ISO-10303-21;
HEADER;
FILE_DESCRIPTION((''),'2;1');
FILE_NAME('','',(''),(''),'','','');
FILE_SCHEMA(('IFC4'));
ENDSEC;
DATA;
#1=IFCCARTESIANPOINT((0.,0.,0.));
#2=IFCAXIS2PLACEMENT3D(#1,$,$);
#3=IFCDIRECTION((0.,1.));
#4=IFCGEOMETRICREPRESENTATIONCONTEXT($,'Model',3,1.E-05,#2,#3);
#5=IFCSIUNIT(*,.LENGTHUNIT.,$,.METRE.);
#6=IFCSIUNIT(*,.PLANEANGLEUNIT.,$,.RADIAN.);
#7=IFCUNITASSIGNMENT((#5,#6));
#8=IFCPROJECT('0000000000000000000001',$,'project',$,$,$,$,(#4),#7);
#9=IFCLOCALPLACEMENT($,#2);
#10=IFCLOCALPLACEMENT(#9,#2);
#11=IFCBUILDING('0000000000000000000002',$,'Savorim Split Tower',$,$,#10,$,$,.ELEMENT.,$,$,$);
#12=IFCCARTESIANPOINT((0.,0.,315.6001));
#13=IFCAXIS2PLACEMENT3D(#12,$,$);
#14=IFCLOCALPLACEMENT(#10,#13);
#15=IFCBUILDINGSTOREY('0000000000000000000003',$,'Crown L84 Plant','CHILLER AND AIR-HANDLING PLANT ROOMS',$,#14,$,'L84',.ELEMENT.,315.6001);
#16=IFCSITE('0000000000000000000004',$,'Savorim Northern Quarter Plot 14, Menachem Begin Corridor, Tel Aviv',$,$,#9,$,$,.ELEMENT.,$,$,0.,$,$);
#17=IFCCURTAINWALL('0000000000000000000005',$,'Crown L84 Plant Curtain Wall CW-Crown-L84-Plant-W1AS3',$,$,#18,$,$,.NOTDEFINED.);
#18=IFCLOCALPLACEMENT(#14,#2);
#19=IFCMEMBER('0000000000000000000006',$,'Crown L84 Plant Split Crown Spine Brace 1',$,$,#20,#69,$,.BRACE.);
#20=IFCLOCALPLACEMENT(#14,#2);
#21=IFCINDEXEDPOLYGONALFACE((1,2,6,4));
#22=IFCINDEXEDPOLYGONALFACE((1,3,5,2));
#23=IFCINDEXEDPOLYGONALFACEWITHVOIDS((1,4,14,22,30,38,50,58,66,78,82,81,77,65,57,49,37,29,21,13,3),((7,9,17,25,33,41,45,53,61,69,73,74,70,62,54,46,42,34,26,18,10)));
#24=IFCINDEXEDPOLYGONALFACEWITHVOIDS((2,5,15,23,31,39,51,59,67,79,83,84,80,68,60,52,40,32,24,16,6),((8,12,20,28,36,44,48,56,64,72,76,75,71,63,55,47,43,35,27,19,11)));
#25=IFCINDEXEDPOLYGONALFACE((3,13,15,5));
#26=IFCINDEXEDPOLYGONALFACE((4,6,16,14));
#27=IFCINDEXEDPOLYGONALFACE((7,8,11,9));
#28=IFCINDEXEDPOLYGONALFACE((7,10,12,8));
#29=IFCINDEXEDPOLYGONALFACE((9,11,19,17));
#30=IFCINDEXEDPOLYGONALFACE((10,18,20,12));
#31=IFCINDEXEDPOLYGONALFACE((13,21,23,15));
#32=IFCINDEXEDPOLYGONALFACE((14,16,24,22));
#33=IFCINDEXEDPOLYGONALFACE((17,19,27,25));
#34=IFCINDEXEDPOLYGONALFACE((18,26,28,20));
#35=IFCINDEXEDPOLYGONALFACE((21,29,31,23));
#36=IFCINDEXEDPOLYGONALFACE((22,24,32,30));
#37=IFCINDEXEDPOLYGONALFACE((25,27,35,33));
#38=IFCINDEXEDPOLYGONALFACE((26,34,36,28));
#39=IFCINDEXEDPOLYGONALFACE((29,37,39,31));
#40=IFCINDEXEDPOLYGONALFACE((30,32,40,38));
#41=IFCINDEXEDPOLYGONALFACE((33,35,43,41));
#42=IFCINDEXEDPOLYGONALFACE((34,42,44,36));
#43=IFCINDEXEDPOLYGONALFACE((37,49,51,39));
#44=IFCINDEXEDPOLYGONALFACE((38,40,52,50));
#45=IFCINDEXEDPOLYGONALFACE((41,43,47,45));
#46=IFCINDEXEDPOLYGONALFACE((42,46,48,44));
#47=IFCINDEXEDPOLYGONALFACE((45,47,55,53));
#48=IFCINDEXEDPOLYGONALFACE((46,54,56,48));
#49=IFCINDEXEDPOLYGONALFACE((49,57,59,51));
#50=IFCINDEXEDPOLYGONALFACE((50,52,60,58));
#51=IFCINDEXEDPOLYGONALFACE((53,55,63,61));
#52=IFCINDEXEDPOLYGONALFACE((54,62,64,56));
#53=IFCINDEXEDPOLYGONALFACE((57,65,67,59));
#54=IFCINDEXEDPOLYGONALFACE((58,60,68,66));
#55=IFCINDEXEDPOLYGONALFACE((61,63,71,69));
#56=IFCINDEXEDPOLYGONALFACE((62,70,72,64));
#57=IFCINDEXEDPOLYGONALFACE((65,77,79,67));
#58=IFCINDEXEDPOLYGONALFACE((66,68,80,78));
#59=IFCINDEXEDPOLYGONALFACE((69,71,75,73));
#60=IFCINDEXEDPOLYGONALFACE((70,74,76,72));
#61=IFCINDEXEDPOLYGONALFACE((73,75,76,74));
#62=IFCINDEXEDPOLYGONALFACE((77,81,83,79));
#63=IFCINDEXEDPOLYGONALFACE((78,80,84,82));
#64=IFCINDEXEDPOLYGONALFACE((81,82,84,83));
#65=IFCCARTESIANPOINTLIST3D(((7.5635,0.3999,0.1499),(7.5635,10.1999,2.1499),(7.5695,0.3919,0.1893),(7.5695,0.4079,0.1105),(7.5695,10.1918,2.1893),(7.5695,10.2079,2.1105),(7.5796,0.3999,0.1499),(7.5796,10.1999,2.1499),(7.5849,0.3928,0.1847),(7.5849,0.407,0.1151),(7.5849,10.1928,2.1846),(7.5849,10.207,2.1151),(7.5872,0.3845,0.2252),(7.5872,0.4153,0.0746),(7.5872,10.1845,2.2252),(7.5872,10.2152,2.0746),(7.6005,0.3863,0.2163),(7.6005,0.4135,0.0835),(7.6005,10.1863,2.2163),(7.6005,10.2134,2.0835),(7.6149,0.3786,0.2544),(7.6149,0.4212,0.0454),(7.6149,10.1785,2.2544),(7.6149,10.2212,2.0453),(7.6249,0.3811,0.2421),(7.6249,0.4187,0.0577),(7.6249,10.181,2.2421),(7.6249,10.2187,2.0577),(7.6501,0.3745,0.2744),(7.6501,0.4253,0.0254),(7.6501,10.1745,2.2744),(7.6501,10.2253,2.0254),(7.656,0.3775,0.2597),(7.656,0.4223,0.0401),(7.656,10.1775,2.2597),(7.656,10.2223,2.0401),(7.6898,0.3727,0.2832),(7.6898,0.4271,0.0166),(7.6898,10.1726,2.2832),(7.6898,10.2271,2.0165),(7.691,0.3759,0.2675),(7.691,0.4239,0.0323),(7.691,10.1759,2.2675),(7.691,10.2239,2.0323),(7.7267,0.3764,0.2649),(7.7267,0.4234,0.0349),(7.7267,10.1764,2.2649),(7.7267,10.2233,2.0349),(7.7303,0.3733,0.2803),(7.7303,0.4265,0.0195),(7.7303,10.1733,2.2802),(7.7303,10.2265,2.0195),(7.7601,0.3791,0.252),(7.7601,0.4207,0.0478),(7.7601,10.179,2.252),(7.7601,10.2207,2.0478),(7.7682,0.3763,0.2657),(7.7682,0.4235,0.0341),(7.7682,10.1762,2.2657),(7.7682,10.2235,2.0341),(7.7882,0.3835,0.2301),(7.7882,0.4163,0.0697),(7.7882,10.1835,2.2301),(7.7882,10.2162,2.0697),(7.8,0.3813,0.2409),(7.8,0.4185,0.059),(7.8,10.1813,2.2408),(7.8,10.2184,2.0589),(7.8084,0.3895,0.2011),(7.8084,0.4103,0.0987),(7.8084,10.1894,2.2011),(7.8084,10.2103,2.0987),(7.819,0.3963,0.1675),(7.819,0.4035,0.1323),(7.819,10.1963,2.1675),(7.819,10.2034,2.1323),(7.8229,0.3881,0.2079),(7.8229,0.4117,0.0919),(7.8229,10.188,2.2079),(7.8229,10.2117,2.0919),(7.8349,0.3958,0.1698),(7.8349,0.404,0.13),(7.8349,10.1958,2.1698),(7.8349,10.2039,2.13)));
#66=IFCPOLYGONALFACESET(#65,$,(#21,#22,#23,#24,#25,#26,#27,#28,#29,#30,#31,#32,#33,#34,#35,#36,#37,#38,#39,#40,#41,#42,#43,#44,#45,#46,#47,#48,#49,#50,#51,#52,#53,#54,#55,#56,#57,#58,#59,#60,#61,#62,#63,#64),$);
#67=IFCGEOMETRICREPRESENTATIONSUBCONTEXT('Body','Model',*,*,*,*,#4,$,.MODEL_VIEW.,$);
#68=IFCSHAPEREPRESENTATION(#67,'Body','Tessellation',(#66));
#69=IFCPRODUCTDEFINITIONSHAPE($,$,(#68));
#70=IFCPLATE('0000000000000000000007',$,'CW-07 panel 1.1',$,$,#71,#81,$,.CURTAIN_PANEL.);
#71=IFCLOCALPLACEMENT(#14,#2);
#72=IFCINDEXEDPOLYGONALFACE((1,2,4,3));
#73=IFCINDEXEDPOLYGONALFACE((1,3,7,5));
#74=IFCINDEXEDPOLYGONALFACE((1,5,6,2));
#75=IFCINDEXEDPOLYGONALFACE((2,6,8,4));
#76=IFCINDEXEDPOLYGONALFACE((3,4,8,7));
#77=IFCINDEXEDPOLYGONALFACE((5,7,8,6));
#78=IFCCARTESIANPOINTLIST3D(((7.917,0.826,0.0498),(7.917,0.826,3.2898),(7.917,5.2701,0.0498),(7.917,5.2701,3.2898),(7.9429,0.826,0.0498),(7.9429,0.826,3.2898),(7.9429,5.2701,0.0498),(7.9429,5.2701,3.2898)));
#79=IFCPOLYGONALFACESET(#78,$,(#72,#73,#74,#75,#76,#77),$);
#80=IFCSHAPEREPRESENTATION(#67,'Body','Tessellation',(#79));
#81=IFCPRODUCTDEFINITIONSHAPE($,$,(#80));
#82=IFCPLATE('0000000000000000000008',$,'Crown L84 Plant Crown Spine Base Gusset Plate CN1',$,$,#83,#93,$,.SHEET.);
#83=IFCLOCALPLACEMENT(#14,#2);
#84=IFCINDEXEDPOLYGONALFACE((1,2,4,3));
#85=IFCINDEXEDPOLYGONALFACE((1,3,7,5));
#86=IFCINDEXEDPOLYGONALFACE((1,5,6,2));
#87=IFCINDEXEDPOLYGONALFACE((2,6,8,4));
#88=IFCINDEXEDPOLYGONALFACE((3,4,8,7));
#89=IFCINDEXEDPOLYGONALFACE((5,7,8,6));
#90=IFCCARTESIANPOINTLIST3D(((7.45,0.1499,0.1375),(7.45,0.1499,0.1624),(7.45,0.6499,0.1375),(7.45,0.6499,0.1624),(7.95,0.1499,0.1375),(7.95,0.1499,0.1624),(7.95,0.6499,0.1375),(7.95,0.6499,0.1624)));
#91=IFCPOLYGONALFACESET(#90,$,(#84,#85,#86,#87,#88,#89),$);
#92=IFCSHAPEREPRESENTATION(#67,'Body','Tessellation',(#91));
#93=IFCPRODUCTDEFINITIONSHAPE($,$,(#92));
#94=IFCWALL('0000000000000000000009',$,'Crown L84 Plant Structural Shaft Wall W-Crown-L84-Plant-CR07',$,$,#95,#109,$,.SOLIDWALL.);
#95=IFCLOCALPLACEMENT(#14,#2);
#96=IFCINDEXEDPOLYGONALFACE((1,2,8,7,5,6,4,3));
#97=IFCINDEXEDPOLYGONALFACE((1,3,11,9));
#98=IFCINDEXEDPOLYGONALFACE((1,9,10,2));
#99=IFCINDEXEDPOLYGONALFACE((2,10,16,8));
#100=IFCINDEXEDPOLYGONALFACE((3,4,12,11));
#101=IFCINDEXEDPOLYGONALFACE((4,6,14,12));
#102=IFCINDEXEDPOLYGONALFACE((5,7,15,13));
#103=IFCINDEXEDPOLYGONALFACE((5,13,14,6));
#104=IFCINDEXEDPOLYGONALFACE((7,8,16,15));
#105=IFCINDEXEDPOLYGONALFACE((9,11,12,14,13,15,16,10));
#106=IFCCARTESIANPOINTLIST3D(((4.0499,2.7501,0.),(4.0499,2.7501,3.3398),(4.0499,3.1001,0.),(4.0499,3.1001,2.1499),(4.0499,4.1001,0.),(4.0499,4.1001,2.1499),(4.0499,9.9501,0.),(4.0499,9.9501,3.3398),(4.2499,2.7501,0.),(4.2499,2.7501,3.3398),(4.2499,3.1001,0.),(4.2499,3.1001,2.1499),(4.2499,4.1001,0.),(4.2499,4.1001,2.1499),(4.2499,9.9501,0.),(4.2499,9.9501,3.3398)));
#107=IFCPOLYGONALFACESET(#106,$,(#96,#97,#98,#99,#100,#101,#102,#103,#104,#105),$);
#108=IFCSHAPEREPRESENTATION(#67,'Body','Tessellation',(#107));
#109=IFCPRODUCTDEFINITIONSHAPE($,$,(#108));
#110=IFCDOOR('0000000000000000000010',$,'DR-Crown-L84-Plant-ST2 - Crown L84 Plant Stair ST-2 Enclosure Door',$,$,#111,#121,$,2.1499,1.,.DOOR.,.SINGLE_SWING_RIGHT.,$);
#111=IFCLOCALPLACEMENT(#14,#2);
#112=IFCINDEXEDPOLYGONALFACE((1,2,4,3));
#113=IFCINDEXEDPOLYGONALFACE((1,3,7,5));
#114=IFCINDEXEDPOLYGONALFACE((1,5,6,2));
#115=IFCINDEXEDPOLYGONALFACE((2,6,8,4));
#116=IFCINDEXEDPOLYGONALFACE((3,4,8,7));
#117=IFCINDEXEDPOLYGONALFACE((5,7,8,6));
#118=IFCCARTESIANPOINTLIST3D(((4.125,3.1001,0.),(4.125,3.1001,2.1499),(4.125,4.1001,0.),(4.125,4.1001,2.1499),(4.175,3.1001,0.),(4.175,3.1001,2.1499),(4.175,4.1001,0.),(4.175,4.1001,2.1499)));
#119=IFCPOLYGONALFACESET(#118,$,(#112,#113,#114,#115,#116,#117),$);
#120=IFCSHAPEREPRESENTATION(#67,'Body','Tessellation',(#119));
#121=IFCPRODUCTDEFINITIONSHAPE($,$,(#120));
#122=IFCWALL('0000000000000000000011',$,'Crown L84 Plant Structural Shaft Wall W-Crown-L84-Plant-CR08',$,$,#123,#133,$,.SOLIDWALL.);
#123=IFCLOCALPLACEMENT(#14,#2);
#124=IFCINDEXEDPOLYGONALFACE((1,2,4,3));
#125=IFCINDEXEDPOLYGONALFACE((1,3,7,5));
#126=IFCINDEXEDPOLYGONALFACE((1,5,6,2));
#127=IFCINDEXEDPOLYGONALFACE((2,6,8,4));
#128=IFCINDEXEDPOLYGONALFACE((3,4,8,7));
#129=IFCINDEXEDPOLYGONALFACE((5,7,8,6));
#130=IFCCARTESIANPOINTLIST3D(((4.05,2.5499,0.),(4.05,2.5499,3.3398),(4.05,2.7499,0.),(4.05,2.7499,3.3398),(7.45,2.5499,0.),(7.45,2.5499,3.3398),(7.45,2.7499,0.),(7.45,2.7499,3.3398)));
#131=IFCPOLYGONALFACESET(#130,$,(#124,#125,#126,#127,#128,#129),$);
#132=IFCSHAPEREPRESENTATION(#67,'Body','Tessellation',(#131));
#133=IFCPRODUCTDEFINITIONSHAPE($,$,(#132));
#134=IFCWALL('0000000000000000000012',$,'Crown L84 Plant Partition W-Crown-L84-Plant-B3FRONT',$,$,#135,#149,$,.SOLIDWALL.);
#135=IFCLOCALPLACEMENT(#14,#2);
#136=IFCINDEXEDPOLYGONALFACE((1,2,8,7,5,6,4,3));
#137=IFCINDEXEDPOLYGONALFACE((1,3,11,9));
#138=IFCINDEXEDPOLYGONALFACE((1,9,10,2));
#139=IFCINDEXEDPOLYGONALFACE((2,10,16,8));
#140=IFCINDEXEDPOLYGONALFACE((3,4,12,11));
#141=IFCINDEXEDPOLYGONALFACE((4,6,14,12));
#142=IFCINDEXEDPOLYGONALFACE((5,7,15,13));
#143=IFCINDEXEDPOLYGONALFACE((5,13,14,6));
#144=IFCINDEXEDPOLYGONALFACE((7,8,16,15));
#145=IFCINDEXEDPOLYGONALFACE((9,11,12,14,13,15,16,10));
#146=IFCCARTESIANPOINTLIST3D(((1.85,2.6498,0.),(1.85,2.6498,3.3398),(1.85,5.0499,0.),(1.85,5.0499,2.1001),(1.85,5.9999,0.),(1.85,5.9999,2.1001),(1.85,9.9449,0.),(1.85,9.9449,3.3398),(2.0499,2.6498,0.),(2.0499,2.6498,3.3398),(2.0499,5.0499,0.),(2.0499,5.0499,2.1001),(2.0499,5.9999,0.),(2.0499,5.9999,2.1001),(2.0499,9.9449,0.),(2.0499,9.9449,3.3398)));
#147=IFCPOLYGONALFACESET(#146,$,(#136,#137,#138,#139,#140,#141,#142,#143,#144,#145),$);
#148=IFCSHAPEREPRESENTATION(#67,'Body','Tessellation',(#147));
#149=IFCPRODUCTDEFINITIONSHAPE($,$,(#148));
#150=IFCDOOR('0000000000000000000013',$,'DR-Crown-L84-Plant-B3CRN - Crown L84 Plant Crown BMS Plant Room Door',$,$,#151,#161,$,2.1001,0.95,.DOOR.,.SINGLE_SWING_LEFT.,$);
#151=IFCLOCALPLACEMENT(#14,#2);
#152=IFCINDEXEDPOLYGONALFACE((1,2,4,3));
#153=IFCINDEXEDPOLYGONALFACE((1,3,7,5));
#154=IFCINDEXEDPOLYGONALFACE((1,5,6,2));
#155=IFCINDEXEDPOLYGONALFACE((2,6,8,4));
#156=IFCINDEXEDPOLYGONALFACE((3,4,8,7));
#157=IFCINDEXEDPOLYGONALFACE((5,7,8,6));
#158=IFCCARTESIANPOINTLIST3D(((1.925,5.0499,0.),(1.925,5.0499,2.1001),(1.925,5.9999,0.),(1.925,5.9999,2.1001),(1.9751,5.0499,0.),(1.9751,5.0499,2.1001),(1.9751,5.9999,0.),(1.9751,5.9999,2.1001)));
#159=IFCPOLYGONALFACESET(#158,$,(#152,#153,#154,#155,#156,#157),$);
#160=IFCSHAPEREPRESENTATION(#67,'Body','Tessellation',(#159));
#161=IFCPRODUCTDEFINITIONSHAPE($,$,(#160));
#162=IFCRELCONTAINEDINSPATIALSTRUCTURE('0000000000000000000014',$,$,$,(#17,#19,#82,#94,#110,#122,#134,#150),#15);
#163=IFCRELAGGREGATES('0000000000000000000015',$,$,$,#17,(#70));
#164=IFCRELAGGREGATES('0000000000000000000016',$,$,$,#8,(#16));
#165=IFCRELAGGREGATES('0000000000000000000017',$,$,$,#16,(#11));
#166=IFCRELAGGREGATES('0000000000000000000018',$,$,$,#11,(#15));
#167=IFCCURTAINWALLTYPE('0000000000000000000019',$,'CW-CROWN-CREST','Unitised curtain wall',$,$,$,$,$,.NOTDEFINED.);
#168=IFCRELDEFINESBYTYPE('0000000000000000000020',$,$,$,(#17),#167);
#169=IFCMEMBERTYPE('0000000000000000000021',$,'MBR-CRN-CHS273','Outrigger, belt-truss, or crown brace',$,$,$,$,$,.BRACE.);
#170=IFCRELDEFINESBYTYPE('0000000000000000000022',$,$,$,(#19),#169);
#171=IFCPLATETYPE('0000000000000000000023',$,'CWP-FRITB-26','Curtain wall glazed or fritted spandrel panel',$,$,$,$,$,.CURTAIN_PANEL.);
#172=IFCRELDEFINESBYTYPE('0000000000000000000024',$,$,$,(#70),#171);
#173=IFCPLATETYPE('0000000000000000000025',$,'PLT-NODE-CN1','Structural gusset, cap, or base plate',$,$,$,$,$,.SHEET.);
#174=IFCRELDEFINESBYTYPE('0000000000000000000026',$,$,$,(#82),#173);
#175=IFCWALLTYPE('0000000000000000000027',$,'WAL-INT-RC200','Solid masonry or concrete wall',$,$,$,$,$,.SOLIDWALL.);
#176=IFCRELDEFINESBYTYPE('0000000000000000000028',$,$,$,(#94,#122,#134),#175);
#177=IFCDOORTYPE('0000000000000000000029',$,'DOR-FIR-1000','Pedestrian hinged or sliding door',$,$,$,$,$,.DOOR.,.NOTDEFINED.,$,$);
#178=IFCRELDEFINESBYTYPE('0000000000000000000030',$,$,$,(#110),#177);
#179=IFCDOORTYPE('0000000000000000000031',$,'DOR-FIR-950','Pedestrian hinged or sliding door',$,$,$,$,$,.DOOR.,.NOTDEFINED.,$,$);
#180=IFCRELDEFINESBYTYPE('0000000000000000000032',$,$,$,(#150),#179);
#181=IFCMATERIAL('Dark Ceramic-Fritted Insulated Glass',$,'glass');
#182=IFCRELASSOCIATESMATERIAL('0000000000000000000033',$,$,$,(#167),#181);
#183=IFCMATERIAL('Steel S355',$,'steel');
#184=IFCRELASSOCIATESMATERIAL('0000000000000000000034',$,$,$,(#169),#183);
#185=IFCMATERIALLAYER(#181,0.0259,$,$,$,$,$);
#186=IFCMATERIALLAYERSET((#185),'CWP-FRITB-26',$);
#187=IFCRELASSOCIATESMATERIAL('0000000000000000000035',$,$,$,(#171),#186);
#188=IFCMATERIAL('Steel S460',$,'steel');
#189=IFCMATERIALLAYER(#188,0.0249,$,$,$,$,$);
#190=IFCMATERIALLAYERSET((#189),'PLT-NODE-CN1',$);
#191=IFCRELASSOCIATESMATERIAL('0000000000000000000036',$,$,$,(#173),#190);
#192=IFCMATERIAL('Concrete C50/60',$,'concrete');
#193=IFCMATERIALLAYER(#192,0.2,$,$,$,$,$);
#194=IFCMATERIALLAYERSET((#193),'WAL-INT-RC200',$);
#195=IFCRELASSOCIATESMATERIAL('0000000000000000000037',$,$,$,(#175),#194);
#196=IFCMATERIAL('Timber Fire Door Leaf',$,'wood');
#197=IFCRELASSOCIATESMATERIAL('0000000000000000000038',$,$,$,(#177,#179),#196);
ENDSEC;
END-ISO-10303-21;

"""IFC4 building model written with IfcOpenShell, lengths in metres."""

from ifc_helpers import new_model, si_unit, direction, frame, frame_2d, origin, origin_2d, place, context, subcontext, project, spatial, rectangle, hollow_circle, extrude, material, layer, layer_set, material_profile, profile_set, type_object, element, fill, aggregate, save


model = new_model("IFC4")

# Units and contexts
model_context = context("Model", 3, precision=1e-05, world=origin(), true_north=direction((0.0, 1.0)))
body_context = subcontext(model_context, "Body", "Model", "MODEL_VIEW")
ifc_project = project(units=[si_unit("LENGTHUNIT", "METRE"), si_unit("PLANEANGLEUNIT", "RADIAN")], contexts=[model_context])

# Site, building, storey
site_placement = place(None, origin())
site = spatial("IfcSite", under=ifc_project, at=site_placement, Name="Savorim Northern Quarter Plot 14, Menachem Begin Corridor, Tel Aviv", CompositionType="ELEMENT", RefElevation=0.0)
building_placement = place(site_placement, origin())
building = spatial("IfcBuilding", under=site, at=building_placement, Name="Savorim Split Tower", CompositionType="ELEMENT")
storey_placement = place(building_placement, frame((0.0, 0.0, 315.6001)))
storey = spatial("IfcBuildingStorey", under=building, at=storey_placement, Name="Crown L84 Plant", Description="CHILLER AND AIR-HANDLING PLANT ROOMS", LongName="L84", CompositionType="ELEMENT", Elevation=315.6001)

# Shared definitions
ifc_material_1 = material(Name="Steel S355", Category="steel")

# Shared definitions
ifc_material_2 = material(Name="Dark Ceramic-Fritted Insulated Glass", Category="glass")
curtain_wall_type = type_object("IfcCurtainWallType", Name="CW-CROWN-CREST", Description="Unitised curtain wall", PredefinedType="NOTDEFINED", material=ifc_material_2)

# Curtain wall
curtain_wall_1_placement = place(storey_placement, origin())
curtain_wall_1 = element("IfcCurtainWall", 1, at=curtain_wall_1_placement, inside=storey, type_object=curtain_wall_type, Name="Crown L84 Plant Curtain Wall CW-Crown-L84-Plant-W1AS3", PredefinedType="NOTDEFINED")

# Member
ifc_material_profile_1 = material_profile(ifc_material_1, hollow_circle(Radius=0.1365, WallThickness=0.0161, at=origin_2d()), Name="CHS 273x16")
ifc_profile_set_1 = profile_set([ifc_material_profile_1], Name="Steel S355")
member_type_1 = type_object("IfcMemberType", Name="MBR-CRN-CHS273", Description="Outrigger, belt-truss, or crown brace", PredefinedType="BRACE", material=ifc_profile_set_1)
member_1_placement = place(storey_placement, frame((7.7, 0.3999, 0.1499), z_axis=(0.0, 0.979804, 0.199959), x_axis=(-1.0, 0.0, 0.0)))
element("IfcMember", 2, at=member_1_placement, inside=storey, type_object=member_type_1, Name="Crown L84 Plant Split Crown Spine Brace 1", PredefinedType="BRACE", context=body_context, shape_type="SweptSolid", body=[
    extrude(hollow_circle(Radius=0.1365, WallThickness=0.0161, at=origin_2d()), origin(), (0.0, 0.0, 1.0), 10.002),
])

# Plates
ifc_layer_1 = layer(ifc_material_2, 0.0259)
ifc_layer_set_1 = layer_set([ifc_layer_1], Name="CWP-FRITB-26")
plate_type_1 = type_object("IfcPlateType", Name="CWP-FRITB-26", Description="Curtain wall glazed or fritted spandrel panel", PredefinedType="CURTAIN_PANEL", material=ifc_layer_set_1)
plate_1_placement = place(storey_placement, frame((7.9299, 3.0481, 0.0498), z_axis=(0.0, 0.0, 1.0), x_axis=(0.0, 1.0, 0.0)))
plate_1 = element("IfcPlate", 3, at=plate_1_placement, type_object=plate_type_1, Name="CW-07 panel 1.1", PredefinedType="CURTAIN_PANEL", context=body_context, shape_type="SweptSolid", body=[
    extrude(rectangle(XDim=4.4441, YDim=0.0259, at=origin_2d()), origin(), (0.0, 0.0, 1.0), 3.24),
])
aggregate(curtain_wall_1, [plate_1])
ifc_material_3 = material(Name="Steel S460", Category="steel")
ifc_layer_2 = layer(ifc_material_3, 0.0249)
ifc_layer_set_2 = layer_set([ifc_layer_2], Name="PLT-NODE-CN1")
plate_type_2 = type_object("IfcPlateType", Name="PLT-NODE-CN1", Description="Structural gusset, cap, or base plate", PredefinedType="SHEET", material=ifc_layer_set_2)
plate_2_placement = place(storey_placement, frame((7.7, 0.3999, 0.1375), z_axis=(0.0, 0.0, 1.0), x_axis=(1.0, 0.0, 0.0)))
element("IfcPlate", 4, at=plate_2_placement, inside=storey, type_object=plate_type_2, Name="Crown L84 Plant Crown Spine Base Gusset Plate CN1", PredefinedType="SHEET", context=body_context, shape_type="SweptSolid", body=[
    extrude(rectangle(XDim=0.5, YDim=0.5, at=origin_2d()), origin(), (0.0, 0.0, 1.0), 0.0249),
])

# Wall, opening, door
ifc_material_4 = material(Name="Concrete C50/60", Category="concrete")
ifc_layer_3 = layer(ifc_material_4, 0.2)
ifc_layer_set_3 = layer_set([ifc_layer_3], Name="WAL-INT-RC200")
wall_type = type_object("IfcWallType", Name="WAL-INT-RC200", Description="Solid masonry or concrete wall", PredefinedType="SOLIDWALL", material=ifc_layer_set_3)
wall_1_placement = place(storey_placement, frame((4.1499, 2.75, 0.0), z_axis=(0.0, 0.0, 1.0), x_axis=(0.0, 1.0, 0.0)))
wall_1 = element("IfcWall", 5, at=wall_1_placement, inside=storey, type_object=wall_type, Name="Crown L84 Plant Structural Shaft Wall W-Crown-L84-Plant-CR07", PredefinedType="SOLIDWALL", context=body_context, shape_type="SweptSolid", body=[
    extrude(rectangle(XDim=7.2, YDim=0.2, at=frame_2d((3.6001, 0.0))), origin(), (0.0, 0.0, 1.0), 3.3398),
])
opening_1_placement = place(wall_1_placement, frame((0.3501, 0.0, 0.0)))
opening_1 = element("IfcOpeningElement", 6, at=opening_1_placement, cuts=wall_1, PredefinedType="OPENING", context=body_context, shape_type="SweptSolid", body=[
    extrude(rectangle(XDim=1.0, YDim=2.1499, at=frame_2d((0.5, 1.075))), frame((0.0, 0.1099, 0.0), z_axis=(0.0, -1.0, 0.0), x_axis=(1.0, 0.0, 0.0)), (0.0, 0.0, 1.0), 0.22),
])
ifc_material_5 = material(Name="Timber Fire Door Leaf", Category="wood")
door_type_1 = type_object("IfcDoorType", Name="DOR-FIR-1000", Description="Pedestrian hinged or sliding door", OperationType="NOTDEFINED", PredefinedType="DOOR", material=ifc_material_5)
door_1_placement = place(opening_1_placement, origin())
door_1 = element("IfcDoor", 7, at=door_1_placement, inside=storey, type_object=door_type_1, Name="DR-Crown-L84-Plant-ST2 - Crown L84 Plant Stair ST-2 Enclosure Door", OperationType="SINGLE_SWING_RIGHT", OverallHeight=2.1499, OverallWidth=1.0, PredefinedType="DOOR", context=body_context, shape_type="SweptSolid", body=[
    extrude(rectangle(XDim=1.0, YDim=2.1499, at=frame_2d((0.5, 1.075))), frame((0.0, 0.0249, 0.0), z_axis=(0.0, -1.0, 0.0), x_axis=(1.0, 0.0, 0.0)), (0.0, 0.0, 1.0), 0.05),
])
fill(opening_1, door_1)

# Wall
wall_2_placement = place(storey_placement, frame((4.05, 2.6499, 0.0), z_axis=(0.0, 0.0, 1.0), x_axis=(1.0, 0.0, 0.0)))
element("IfcWall", 8, at=wall_2_placement, inside=storey, type_object=wall_type, Name="Crown L84 Plant Structural Shaft Wall W-Crown-L84-Plant-CR08", PredefinedType="SOLIDWALL", context=body_context, shape_type="SweptSolid", body=[
    extrude(rectangle(XDim=3.3999, YDim=0.2, at=frame_2d((1.7, 0.0))), origin(), (0.0, 0.0, 1.0), 3.3398),
])

# Wall, opening, door
wall_3_placement = place(storey_placement, frame((1.95, 2.6499, 0.0), z_axis=(0.0, 0.0, 1.0), x_axis=(0.0, 1.0, 0.0)))
wall_3 = element("IfcWall", 9, at=wall_3_placement, inside=storey, type_object=wall_type, Name="Crown L84 Plant Partition W-Crown-L84-Plant-B3FRONT", PredefinedType="SOLIDWALL", context=body_context, shape_type="SweptSolid", body=[
    extrude(rectangle(XDim=7.2952, YDim=0.2, at=frame_2d((3.6475, 0.0))), origin(), (0.0, 0.0, 1.0), 3.3398),
])
opening_2_placement = place(wall_3_placement, frame((2.3999, 0.0, 0.0)))
opening_2 = element("IfcOpeningElement", 10, at=opening_2_placement, cuts=wall_3, PredefinedType="OPENING", context=body_context, shape_type="SweptSolid", body=[
    extrude(rectangle(XDim=0.95, YDim=2.1001, at=frame_2d((0.4751, 1.05))), frame((0.0, 0.1099, 0.0), z_axis=(0.0, -1.0, 0.0), x_axis=(1.0, 0.0, 0.0)), (0.0, 0.0, 1.0), 0.22),
])
door_type_2 = type_object("IfcDoorType", Name="DOR-FIR-950", Description="Pedestrian hinged or sliding door", OperationType="NOTDEFINED", PredefinedType="DOOR", material=ifc_material_5)
door_2_placement = place(opening_2_placement, origin())
door_2 = element("IfcDoor", 11, at=door_2_placement, inside=storey, type_object=door_type_2, Name="DR-Crown-L84-Plant-B3CRN - Crown L84 Plant Crown BMS Plant Room Door", OperationType="SINGLE_SWING_LEFT", OverallHeight=2.1001, OverallWidth=0.95, PredefinedType="DOOR", context=body_context, shape_type="SweptSolid", body=[
    extrude(rectangle(XDim=0.95, YDim=2.1001, at=frame_2d((0.4751, 1.05))), frame((0.0, 0.0249, 0.0), z_axis=(0.0, -1.0, 0.0), x_axis=(1.0, 0.0, 0.0)), (0.0, 0.0, 1.0), 0.05),
])
fill(opening_2, door_2)

save(model, "model.ifc")
